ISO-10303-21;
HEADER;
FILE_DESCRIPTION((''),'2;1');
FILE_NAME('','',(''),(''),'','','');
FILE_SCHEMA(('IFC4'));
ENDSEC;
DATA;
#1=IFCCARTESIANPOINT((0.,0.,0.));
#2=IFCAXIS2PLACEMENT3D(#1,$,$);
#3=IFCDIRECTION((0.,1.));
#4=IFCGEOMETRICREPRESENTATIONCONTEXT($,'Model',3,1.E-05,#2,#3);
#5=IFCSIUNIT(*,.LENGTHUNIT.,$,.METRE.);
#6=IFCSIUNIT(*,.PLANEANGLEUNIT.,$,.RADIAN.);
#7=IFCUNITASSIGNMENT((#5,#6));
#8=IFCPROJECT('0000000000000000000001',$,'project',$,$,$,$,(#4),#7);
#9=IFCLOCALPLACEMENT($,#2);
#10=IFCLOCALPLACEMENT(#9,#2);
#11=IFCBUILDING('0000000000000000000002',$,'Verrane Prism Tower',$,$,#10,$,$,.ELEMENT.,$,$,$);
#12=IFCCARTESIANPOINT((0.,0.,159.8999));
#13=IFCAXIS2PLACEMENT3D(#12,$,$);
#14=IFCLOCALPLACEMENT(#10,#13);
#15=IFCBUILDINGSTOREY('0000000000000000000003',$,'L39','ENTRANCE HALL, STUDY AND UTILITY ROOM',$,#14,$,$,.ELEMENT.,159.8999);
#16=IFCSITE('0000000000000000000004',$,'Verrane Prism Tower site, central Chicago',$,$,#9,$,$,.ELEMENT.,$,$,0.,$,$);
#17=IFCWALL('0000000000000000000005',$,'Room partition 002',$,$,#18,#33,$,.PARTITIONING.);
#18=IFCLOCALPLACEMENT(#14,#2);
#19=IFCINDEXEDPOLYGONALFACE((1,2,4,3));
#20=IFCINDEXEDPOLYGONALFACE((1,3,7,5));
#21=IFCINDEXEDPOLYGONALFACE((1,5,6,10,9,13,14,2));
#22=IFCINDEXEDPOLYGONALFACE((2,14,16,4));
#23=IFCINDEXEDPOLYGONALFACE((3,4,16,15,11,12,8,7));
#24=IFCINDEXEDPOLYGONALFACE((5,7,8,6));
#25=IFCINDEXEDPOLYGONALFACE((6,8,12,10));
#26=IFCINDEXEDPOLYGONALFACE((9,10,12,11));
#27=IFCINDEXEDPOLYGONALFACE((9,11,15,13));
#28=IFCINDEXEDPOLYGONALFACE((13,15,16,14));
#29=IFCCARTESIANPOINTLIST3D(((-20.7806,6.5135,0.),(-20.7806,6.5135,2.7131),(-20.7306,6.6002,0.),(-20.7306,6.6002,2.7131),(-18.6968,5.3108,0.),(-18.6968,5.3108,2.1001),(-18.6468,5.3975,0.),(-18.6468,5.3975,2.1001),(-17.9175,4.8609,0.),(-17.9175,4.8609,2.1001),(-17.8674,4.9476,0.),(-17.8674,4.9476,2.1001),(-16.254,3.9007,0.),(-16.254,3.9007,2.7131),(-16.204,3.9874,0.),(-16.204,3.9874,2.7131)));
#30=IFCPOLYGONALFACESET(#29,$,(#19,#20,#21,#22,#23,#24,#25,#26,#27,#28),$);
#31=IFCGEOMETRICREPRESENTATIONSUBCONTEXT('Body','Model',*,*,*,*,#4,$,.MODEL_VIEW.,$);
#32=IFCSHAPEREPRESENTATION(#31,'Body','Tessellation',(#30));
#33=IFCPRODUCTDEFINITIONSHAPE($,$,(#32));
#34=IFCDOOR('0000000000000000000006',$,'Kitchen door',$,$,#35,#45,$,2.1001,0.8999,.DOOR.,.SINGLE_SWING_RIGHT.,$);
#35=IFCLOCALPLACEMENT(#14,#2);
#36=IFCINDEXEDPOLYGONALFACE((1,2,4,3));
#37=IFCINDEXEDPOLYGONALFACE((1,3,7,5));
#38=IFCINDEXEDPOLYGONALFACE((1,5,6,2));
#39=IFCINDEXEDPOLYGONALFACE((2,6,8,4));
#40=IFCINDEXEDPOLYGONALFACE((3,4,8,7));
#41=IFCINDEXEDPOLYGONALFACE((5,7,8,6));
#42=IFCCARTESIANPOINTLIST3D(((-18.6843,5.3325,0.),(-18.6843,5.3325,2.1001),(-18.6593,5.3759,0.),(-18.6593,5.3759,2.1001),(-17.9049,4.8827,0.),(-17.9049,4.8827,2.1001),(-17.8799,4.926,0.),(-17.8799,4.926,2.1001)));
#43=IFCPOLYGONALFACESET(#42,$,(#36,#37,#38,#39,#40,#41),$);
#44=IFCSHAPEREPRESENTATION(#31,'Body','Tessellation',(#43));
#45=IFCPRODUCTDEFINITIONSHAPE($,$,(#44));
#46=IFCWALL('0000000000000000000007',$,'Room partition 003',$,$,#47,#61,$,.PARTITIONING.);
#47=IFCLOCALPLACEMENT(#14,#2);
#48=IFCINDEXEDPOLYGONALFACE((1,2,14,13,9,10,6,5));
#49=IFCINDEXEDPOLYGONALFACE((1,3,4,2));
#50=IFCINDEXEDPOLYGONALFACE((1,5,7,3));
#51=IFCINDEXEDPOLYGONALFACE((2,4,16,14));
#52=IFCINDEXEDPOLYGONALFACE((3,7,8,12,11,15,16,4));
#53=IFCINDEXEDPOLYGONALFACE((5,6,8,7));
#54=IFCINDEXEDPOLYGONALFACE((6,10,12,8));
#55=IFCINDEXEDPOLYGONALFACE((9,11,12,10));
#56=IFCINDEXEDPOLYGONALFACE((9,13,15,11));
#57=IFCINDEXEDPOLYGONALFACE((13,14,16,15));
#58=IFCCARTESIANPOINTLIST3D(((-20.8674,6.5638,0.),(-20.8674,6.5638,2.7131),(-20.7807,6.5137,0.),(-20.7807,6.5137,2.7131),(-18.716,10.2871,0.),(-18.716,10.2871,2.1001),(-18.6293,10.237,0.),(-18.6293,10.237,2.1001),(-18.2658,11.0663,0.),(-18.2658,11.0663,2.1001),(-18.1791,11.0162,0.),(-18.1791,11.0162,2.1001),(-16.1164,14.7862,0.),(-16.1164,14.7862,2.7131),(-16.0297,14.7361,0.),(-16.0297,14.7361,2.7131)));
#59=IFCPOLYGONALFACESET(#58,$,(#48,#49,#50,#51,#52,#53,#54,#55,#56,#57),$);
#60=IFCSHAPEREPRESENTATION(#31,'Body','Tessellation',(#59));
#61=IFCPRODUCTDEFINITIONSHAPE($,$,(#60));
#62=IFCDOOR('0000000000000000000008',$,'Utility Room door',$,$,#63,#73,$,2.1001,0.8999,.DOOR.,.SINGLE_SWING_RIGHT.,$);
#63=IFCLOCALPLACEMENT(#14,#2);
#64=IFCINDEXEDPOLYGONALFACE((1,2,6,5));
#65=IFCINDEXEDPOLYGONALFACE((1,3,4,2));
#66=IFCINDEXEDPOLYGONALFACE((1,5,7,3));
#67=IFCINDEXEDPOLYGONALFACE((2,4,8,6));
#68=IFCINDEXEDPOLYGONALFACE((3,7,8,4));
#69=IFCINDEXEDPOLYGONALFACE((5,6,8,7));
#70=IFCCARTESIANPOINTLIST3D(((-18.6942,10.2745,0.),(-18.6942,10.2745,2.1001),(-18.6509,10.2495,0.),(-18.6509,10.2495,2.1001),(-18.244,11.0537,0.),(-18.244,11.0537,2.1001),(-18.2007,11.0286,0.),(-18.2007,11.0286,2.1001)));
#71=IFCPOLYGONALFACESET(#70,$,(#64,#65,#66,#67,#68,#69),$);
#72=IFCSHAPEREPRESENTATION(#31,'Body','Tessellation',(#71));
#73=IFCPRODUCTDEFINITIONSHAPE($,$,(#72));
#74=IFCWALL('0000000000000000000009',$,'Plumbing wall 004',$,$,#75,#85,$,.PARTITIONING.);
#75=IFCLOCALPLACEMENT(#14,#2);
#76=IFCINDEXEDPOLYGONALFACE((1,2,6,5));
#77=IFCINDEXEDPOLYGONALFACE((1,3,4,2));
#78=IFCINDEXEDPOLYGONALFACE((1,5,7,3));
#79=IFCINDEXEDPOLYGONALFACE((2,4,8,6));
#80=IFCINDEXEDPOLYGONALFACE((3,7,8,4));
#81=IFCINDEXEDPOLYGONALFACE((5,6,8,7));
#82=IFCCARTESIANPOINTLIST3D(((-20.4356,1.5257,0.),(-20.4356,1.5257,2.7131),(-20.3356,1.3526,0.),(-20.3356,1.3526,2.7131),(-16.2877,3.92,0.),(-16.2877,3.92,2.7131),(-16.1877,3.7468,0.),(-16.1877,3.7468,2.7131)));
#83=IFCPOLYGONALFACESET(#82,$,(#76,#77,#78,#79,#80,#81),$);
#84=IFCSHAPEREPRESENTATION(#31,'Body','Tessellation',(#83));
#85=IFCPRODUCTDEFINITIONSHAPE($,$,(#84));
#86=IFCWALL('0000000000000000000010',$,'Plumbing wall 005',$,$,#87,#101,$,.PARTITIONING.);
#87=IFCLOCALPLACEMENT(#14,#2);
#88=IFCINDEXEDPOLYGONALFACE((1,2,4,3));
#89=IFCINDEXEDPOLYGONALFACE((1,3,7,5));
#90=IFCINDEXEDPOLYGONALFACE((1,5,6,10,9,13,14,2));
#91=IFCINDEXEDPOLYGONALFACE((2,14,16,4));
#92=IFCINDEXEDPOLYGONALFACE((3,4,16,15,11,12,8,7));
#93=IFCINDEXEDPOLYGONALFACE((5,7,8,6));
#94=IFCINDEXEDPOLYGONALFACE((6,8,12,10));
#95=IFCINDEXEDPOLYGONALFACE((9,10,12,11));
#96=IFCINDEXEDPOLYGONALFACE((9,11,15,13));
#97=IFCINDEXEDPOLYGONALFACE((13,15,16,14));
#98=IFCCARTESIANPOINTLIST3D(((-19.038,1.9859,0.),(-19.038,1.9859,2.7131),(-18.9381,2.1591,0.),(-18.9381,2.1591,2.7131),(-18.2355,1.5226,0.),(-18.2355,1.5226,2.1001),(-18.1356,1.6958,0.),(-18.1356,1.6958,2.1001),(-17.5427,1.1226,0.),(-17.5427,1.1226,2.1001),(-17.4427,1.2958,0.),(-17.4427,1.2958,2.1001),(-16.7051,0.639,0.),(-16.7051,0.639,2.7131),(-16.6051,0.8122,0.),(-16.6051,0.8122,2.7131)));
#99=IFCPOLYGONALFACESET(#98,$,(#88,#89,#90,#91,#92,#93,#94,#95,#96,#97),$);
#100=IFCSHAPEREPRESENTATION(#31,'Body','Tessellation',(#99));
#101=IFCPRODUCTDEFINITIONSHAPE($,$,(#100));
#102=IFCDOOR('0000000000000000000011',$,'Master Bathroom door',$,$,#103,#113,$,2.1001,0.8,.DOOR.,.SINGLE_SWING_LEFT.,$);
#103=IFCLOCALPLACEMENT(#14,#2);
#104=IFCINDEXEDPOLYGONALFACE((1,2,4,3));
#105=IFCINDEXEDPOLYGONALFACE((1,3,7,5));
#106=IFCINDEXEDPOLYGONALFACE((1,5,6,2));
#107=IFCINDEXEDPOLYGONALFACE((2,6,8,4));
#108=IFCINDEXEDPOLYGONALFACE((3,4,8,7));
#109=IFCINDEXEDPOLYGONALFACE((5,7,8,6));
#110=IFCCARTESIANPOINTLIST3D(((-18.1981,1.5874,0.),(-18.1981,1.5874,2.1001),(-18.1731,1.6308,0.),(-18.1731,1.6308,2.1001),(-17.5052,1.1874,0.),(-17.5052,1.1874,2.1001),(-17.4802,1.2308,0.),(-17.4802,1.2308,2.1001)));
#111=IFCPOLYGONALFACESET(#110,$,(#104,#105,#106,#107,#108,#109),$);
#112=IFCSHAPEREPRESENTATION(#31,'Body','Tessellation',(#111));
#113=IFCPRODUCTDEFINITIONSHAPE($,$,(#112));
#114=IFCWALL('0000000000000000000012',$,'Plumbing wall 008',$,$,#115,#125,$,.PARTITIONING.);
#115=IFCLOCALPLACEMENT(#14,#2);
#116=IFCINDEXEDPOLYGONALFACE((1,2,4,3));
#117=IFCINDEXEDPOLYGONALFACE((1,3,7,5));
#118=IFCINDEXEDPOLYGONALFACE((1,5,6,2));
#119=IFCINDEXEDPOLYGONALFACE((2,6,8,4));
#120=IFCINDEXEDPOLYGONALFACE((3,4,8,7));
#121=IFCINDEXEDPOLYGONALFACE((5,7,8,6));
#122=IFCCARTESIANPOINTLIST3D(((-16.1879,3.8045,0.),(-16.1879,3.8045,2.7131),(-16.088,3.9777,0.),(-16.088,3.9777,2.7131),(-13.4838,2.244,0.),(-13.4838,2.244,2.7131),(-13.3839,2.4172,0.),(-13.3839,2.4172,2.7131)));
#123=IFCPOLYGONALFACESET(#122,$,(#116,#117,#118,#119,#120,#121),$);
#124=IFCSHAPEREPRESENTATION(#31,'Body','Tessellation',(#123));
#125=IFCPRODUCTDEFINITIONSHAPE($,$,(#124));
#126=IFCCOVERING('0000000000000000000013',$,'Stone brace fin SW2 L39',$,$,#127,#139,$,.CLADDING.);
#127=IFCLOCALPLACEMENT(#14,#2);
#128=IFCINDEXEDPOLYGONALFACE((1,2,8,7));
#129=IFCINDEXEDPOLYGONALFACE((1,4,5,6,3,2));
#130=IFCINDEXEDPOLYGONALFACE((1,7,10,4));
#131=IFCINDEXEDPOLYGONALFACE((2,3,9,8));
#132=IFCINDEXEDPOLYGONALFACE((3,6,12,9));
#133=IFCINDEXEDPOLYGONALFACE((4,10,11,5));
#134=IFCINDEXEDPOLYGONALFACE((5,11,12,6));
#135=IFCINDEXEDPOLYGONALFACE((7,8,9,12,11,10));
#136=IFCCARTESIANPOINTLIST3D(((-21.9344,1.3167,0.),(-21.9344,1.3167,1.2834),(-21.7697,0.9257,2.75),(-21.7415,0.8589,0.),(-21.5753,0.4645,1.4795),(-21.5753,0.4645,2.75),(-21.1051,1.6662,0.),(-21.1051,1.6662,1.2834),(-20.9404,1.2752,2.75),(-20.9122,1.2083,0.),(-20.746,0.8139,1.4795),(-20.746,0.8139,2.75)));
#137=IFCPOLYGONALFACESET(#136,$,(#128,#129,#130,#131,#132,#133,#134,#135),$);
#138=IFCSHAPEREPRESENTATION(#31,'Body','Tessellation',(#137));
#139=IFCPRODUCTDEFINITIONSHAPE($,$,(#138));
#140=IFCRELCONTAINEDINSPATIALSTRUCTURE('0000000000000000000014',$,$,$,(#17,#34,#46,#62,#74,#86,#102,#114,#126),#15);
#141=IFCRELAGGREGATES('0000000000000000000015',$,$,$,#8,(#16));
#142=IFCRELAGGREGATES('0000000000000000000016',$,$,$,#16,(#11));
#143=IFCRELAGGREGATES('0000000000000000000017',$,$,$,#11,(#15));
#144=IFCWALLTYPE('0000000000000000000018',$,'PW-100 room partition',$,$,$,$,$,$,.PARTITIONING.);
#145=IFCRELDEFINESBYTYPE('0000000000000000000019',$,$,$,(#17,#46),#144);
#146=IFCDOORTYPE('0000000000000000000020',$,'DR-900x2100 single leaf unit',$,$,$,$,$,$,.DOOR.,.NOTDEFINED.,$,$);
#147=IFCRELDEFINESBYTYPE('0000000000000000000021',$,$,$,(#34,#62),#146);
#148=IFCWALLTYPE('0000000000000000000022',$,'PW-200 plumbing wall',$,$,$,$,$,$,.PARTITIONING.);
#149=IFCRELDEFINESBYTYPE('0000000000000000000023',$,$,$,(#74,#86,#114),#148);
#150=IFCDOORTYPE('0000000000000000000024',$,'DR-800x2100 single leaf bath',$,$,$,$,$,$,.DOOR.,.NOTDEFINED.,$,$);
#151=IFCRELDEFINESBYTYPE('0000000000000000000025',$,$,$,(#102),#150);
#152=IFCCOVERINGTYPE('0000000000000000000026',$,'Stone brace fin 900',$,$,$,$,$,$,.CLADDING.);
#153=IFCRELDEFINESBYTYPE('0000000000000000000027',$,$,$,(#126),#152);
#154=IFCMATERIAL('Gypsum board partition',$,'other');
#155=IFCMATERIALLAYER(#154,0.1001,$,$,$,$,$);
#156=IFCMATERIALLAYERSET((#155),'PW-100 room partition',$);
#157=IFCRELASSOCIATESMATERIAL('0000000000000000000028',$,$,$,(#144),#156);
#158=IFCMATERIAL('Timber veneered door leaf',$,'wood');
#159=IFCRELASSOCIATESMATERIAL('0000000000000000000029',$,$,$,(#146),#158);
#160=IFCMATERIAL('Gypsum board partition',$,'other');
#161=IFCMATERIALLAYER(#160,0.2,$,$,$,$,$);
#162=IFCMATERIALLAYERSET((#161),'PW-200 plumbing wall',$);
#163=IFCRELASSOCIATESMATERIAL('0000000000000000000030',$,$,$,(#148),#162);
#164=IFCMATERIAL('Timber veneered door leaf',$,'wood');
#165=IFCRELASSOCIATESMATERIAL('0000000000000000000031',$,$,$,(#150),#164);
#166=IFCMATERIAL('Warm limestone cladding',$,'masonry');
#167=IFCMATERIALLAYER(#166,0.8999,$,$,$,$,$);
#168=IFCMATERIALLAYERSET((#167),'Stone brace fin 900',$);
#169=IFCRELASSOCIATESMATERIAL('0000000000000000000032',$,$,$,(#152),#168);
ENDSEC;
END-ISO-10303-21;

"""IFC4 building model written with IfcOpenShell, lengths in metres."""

from ifc_helpers import new_model, si_unit, direction, frame, frame_2d, origin, place, context, subcontext, project, spatial, polyline, rectangle, outline, extrude, material, layer, layer_set, type_object, element, fill, save


model = new_model("IFC4")

# Units and contexts
model_context = context("Model", 3, precision=1e-05, world=origin(), true_north=direction((0.0, 1.0)))
body_context = subcontext(model_context, "Body", "Model", "MODEL_VIEW")
ifc_project = project(units=[si_unit("LENGTHUNIT", "METRE"), si_unit("PLANEANGLEUNIT", "RADIAN")], contexts=[model_context])

# Site, building, storey
site_placement = place(None, origin())
site = spatial("IfcSite", under=ifc_project, at=site_placement, Name="Verrane Prism Tower site, central Chicago", CompositionType="ELEMENT", RefElevation=0.0)
building_placement = place(site_placement, origin())
building = spatial("IfcBuilding", under=site, at=building_placement, Name="Verrane Prism Tower", CompositionType="ELEMENT")
storey_placement = place(building_placement, frame((0.0, 0.0, 159.8999)))
storey = spatial("IfcBuildingStorey", under=building, at=storey_placement, Name="L39", Description="ENTRANCE HALL, STUDY AND UTILITY ROOM", CompositionType="ELEMENT", Elevation=159.8999)

# Shared definitions
ifc_material_1 = material(Name="Gypsum board partition", Category="other")
ifc_layer_1 = layer(ifc_material_1, 0.1001)
ifc_layer_set_1 = layer_set([ifc_layer_1], Name="PW-100 room partition")
wall_type_1 = type_object("IfcWallType", Name="PW-100 room partition", PredefinedType="PARTITIONING", material=ifc_layer_set_1)

# Walls, openings, doors
wall_1_placement = place(storey_placement, frame((-16.229, 3.9441, 0.0), z_axis=(0.0, 0.0, 1.0), x_axis=(-0.866079, 0.499907, 0.0)))
wall_1 = element("IfcWall", 1, at=wall_1_placement, inside=storey, type_object=wall_type_1, Name="Room partition 002", PredefinedType="PARTITIONING", context=body_context, shape_type="SweptSolid", body=[
    extrude(rectangle(XDim=5.2266, YDim=0.1001, at=frame_2d((2.6133, 0.0))), origin(), (0.0, 0.0, 1.0), 2.7131),
])
opening_1_placement = place(wall_1_placement, frame((1.9207, 0.0, 0.0)))
opening_1 = element("IfcOpeningElement", 2, at=opening_1_placement, cuts=wall_1, PredefinedType="OPENING", context=body_context, shape_type="SweptSolid", body=[
    extrude(rectangle(XDim=0.8999, YDim=2.1001, at=frame_2d((0.45, 1.05))), frame((0.0, 0.0601, 0.0), z_axis=(0.0, -1.0, 0.0), x_axis=(1.0, 0.0, 0.0)), (0.0, 0.0, 1.0), 0.1201),
])
ifc_material_2 = material(Name="Timber veneered door leaf", Category="wood")
door_type_1 = type_object("IfcDoorType", Name="DR-900x2100 single leaf unit", OperationType="NOTDEFINED", PredefinedType="DOOR", material=ifc_material_2)
door_1_placement = place(opening_1_placement, origin())
door_1 = element("IfcDoor", 3, at=door_1_placement, inside=storey, type_object=door_type_1, Name="Kitchen door", OperationType="SINGLE_SWING_RIGHT", OverallHeight=2.1001, OverallWidth=0.8999, PredefinedType="DOOR", context=body_context, shape_type="SweptSolid", body=[
    extrude(rectangle(XDim=0.8999, YDim=2.1001, at=frame_2d((0.45, 1.05))), frame((0.0, 0.0249, 0.0), z_axis=(0.0, -1.0, 0.0), x_axis=(1.0, 0.0, 0.0)), (0.0, 0.0, 1.0), 0.05),
])
fill(opening_1, door_1)
wall_2_placement = place(storey_placement, frame((-20.824, 6.5388, 0.0), z_axis=(0.0, 0.0, 1.0), x_axis=(0.500297, 0.865854, 0.0)))
wall_2 = element("IfcWall", 4, at=wall_2_placement, inside=storey, type_object=wall_type_1, Name="Room partition 003", PredefinedType="PARTITIONING", context=body_context, shape_type="SweptSolid", body=[
    extrude(rectangle(XDim=9.4963, YDim=0.1001, at=frame_2d((4.748, 0.0))), origin(), (0.0, 0.0, 1.0), 2.7131),
])
opening_2_placement = place(wall_2_placement, frame((4.3, 0.0, 0.0)))
opening_2 = element("IfcOpeningElement", 5, at=opening_2_placement, cuts=wall_2, PredefinedType="OPENING", context=body_context, shape_type="SweptSolid", body=[
    extrude(rectangle(XDim=0.8999, YDim=2.1001, at=frame_2d((0.45, 1.05))), frame((0.0, 0.0601, 0.0), z_axis=(0.0, -1.0, 0.0), x_axis=(1.0, 0.0, 0.0)), (0.0, 0.0, 1.0), 0.1201),
])
door_2_placement = place(opening_2_placement, origin())
door_2 = element("IfcDoor", 6, at=door_2_placement, inside=storey, type_object=door_type_1, Name="Utility Room door", OperationType="SINGLE_SWING_RIGHT", OverallHeight=2.1001, OverallWidth=0.8999, PredefinedType="DOOR", context=body_context, shape_type="SweptSolid", body=[
    extrude(rectangle(XDim=0.8999, YDim=2.1001, at=frame_2d((0.45, 1.05))), frame((0.0, 0.0249, 0.0), z_axis=(0.0, -1.0, 0.0), x_axis=(1.0, 0.0, 0.0)), (0.0, 0.0, 1.0), 0.05),
])
fill(opening_2, door_2)

# Wall
ifc_material_3 = material(Name="Gypsum board partition", Category="other")
ifc_layer_2 = layer(ifc_material_3, 0.2)
ifc_layer_set_2 = layer_set([ifc_layer_2], Name="PW-200 plumbing wall")
wall_type_2 = type_object("IfcWallType", Name="PW-200 plumbing wall", PredefinedType="PARTITIONING", material=ifc_layer_set_2)
wall_3_placement = place(storey_placement, frame((-20.3855, 1.4392, 0.0), z_axis=(0.0, 0.0, 1.0), x_axis=(0.866074, 0.499917, 0.0)))
element("IfcWall", 7, at=wall_3_placement, inside=storey, type_object=wall_type_2, Name="Plumbing wall 004", PredefinedType="PARTITIONING", context=body_context, shape_type="SweptSolid", body=[
    extrude(rectangle(XDim=4.7893, YDim=0.2, at=frame_2d((2.3945, 0.0))), origin(), (0.0, 0.0, 1.0), 2.7131),
])

# Wall, opening, door
wall_4_placement = place(storey_placement, frame((-18.988, 2.0725, 0.0), z_axis=(0.0, 0.0, 1.0), x_axis=(0.866032, -0.499989, 0.0)))
wall_4 = element("IfcWall", 8, at=wall_4_placement, inside=storey, type_object=wall_type_2, Name="Plumbing wall 005", PredefinedType="PARTITIONING", context=body_context, shape_type="SweptSolid", body=[
    extrude(rectangle(XDim=2.6938, YDim=0.2, at=frame_2d((1.3469, 0.0))), origin(), (0.0, 0.0, 1.0), 2.7131),
])
opening_3_placement = place(wall_4_placement, frame((0.9268, 0.0, 0.0)))
opening_3 = element("IfcOpeningElement", 9, at=opening_3_placement, cuts=wall_4, PredefinedType="OPENING", context=body_context, shape_type="SweptSolid", body=[
    extrude(rectangle(XDim=0.8, YDim=2.1001, at=frame_2d((0.3999, 1.05))), frame((0.0, 0.1099, 0.0), z_axis=(0.0, -1.0, 0.0), x_axis=(1.0, 0.0, 0.0)), (0.0, 0.0, 1.0), 0.22),
])
ifc_material_4 = material(Name="Timber veneered door leaf", Category="wood")
door_type_2 = type_object("IfcDoorType", Name="DR-800x2100 single leaf bath", OperationType="NOTDEFINED", PredefinedType="DOOR", material=ifc_material_4)
door_3_placement = place(opening_3_placement, origin())
door_3 = element("IfcDoor", 10, at=door_3_placement, inside=storey, type_object=door_type_2, Name="Master Bathroom door", OperationType="SINGLE_SWING_LEFT", OverallHeight=2.1001, OverallWidth=0.8, PredefinedType="DOOR", context=body_context, shape_type="SweptSolid", body=[
    extrude(rectangle(XDim=0.8, YDim=2.1001, at=frame_2d((0.3999, 1.05))), frame((0.0, 0.0249, 0.0), z_axis=(0.0, -1.0, 0.0), x_axis=(1.0, 0.0, 0.0)), (0.0, 0.0, 1.0), 0.05),
])
fill(opening_3, door_3)

# Wall
wall_5_placement = place(storey_placement, frame((-16.1379, 3.8911, 0.0), z_axis=(0.0, 0.0, 1.0), x_axis=(0.866118, -0.49984, 0.0)))
element("IfcWall", 11, at=wall_5_placement, inside=storey, type_object=wall_type_2, Name="Plumbing wall 008", PredefinedType="PARTITIONING", context=body_context, shape_type="SweptSolid", body=[
    extrude(rectangle(XDim=3.1221, YDim=0.2, at=frame_2d((1.561, 0.0))), origin(), (0.0, 0.0, 1.0), 2.7131),
])

# Covering
ifc_material_5 = material(Name="Warm limestone cladding", Category="masonry")
ifc_layer_3 = layer(ifc_material_5, 0.8999)
ifc_layer_set_3 = layer_set([ifc_layer_3], Name="Stone brace fin 900")
covering_type = type_object("IfcCoveringType", Name="Stone brace fin 900", PredefinedType="CLADDING", material=ifc_layer_set_3)
covering_placement = place(storey_placement, frame((-21.5198, 1.4915, 0.0), z_axis=(0.0, 0.0, 1.0), x_axis=(0.388305, -0.921531, 0.0)))
element("IfcCovering", 12, at=covering_placement, inside=storey, type_object=covering_type, Name="Stone brace fin SW2 L39", PredefinedType="CLADDING", context=body_context, shape_type="SweptSolid", body=[
    extrude(outline(polyline([(0.9248, 2.75), (0.4243, 2.75), (0.0, 1.2834), (0.0, 0.0), (0.4968, 0.0), (0.9248, 1.4795), (0.9248, 2.75)])), frame((0.0, 0.45, 0.0), z_axis=(0.0, -1.0, 0.0), x_axis=(1.0, 0.0, 0.0)), (0.0, 0.0, 1.0), 0.8999),
])

save(model, "model.ifc")
